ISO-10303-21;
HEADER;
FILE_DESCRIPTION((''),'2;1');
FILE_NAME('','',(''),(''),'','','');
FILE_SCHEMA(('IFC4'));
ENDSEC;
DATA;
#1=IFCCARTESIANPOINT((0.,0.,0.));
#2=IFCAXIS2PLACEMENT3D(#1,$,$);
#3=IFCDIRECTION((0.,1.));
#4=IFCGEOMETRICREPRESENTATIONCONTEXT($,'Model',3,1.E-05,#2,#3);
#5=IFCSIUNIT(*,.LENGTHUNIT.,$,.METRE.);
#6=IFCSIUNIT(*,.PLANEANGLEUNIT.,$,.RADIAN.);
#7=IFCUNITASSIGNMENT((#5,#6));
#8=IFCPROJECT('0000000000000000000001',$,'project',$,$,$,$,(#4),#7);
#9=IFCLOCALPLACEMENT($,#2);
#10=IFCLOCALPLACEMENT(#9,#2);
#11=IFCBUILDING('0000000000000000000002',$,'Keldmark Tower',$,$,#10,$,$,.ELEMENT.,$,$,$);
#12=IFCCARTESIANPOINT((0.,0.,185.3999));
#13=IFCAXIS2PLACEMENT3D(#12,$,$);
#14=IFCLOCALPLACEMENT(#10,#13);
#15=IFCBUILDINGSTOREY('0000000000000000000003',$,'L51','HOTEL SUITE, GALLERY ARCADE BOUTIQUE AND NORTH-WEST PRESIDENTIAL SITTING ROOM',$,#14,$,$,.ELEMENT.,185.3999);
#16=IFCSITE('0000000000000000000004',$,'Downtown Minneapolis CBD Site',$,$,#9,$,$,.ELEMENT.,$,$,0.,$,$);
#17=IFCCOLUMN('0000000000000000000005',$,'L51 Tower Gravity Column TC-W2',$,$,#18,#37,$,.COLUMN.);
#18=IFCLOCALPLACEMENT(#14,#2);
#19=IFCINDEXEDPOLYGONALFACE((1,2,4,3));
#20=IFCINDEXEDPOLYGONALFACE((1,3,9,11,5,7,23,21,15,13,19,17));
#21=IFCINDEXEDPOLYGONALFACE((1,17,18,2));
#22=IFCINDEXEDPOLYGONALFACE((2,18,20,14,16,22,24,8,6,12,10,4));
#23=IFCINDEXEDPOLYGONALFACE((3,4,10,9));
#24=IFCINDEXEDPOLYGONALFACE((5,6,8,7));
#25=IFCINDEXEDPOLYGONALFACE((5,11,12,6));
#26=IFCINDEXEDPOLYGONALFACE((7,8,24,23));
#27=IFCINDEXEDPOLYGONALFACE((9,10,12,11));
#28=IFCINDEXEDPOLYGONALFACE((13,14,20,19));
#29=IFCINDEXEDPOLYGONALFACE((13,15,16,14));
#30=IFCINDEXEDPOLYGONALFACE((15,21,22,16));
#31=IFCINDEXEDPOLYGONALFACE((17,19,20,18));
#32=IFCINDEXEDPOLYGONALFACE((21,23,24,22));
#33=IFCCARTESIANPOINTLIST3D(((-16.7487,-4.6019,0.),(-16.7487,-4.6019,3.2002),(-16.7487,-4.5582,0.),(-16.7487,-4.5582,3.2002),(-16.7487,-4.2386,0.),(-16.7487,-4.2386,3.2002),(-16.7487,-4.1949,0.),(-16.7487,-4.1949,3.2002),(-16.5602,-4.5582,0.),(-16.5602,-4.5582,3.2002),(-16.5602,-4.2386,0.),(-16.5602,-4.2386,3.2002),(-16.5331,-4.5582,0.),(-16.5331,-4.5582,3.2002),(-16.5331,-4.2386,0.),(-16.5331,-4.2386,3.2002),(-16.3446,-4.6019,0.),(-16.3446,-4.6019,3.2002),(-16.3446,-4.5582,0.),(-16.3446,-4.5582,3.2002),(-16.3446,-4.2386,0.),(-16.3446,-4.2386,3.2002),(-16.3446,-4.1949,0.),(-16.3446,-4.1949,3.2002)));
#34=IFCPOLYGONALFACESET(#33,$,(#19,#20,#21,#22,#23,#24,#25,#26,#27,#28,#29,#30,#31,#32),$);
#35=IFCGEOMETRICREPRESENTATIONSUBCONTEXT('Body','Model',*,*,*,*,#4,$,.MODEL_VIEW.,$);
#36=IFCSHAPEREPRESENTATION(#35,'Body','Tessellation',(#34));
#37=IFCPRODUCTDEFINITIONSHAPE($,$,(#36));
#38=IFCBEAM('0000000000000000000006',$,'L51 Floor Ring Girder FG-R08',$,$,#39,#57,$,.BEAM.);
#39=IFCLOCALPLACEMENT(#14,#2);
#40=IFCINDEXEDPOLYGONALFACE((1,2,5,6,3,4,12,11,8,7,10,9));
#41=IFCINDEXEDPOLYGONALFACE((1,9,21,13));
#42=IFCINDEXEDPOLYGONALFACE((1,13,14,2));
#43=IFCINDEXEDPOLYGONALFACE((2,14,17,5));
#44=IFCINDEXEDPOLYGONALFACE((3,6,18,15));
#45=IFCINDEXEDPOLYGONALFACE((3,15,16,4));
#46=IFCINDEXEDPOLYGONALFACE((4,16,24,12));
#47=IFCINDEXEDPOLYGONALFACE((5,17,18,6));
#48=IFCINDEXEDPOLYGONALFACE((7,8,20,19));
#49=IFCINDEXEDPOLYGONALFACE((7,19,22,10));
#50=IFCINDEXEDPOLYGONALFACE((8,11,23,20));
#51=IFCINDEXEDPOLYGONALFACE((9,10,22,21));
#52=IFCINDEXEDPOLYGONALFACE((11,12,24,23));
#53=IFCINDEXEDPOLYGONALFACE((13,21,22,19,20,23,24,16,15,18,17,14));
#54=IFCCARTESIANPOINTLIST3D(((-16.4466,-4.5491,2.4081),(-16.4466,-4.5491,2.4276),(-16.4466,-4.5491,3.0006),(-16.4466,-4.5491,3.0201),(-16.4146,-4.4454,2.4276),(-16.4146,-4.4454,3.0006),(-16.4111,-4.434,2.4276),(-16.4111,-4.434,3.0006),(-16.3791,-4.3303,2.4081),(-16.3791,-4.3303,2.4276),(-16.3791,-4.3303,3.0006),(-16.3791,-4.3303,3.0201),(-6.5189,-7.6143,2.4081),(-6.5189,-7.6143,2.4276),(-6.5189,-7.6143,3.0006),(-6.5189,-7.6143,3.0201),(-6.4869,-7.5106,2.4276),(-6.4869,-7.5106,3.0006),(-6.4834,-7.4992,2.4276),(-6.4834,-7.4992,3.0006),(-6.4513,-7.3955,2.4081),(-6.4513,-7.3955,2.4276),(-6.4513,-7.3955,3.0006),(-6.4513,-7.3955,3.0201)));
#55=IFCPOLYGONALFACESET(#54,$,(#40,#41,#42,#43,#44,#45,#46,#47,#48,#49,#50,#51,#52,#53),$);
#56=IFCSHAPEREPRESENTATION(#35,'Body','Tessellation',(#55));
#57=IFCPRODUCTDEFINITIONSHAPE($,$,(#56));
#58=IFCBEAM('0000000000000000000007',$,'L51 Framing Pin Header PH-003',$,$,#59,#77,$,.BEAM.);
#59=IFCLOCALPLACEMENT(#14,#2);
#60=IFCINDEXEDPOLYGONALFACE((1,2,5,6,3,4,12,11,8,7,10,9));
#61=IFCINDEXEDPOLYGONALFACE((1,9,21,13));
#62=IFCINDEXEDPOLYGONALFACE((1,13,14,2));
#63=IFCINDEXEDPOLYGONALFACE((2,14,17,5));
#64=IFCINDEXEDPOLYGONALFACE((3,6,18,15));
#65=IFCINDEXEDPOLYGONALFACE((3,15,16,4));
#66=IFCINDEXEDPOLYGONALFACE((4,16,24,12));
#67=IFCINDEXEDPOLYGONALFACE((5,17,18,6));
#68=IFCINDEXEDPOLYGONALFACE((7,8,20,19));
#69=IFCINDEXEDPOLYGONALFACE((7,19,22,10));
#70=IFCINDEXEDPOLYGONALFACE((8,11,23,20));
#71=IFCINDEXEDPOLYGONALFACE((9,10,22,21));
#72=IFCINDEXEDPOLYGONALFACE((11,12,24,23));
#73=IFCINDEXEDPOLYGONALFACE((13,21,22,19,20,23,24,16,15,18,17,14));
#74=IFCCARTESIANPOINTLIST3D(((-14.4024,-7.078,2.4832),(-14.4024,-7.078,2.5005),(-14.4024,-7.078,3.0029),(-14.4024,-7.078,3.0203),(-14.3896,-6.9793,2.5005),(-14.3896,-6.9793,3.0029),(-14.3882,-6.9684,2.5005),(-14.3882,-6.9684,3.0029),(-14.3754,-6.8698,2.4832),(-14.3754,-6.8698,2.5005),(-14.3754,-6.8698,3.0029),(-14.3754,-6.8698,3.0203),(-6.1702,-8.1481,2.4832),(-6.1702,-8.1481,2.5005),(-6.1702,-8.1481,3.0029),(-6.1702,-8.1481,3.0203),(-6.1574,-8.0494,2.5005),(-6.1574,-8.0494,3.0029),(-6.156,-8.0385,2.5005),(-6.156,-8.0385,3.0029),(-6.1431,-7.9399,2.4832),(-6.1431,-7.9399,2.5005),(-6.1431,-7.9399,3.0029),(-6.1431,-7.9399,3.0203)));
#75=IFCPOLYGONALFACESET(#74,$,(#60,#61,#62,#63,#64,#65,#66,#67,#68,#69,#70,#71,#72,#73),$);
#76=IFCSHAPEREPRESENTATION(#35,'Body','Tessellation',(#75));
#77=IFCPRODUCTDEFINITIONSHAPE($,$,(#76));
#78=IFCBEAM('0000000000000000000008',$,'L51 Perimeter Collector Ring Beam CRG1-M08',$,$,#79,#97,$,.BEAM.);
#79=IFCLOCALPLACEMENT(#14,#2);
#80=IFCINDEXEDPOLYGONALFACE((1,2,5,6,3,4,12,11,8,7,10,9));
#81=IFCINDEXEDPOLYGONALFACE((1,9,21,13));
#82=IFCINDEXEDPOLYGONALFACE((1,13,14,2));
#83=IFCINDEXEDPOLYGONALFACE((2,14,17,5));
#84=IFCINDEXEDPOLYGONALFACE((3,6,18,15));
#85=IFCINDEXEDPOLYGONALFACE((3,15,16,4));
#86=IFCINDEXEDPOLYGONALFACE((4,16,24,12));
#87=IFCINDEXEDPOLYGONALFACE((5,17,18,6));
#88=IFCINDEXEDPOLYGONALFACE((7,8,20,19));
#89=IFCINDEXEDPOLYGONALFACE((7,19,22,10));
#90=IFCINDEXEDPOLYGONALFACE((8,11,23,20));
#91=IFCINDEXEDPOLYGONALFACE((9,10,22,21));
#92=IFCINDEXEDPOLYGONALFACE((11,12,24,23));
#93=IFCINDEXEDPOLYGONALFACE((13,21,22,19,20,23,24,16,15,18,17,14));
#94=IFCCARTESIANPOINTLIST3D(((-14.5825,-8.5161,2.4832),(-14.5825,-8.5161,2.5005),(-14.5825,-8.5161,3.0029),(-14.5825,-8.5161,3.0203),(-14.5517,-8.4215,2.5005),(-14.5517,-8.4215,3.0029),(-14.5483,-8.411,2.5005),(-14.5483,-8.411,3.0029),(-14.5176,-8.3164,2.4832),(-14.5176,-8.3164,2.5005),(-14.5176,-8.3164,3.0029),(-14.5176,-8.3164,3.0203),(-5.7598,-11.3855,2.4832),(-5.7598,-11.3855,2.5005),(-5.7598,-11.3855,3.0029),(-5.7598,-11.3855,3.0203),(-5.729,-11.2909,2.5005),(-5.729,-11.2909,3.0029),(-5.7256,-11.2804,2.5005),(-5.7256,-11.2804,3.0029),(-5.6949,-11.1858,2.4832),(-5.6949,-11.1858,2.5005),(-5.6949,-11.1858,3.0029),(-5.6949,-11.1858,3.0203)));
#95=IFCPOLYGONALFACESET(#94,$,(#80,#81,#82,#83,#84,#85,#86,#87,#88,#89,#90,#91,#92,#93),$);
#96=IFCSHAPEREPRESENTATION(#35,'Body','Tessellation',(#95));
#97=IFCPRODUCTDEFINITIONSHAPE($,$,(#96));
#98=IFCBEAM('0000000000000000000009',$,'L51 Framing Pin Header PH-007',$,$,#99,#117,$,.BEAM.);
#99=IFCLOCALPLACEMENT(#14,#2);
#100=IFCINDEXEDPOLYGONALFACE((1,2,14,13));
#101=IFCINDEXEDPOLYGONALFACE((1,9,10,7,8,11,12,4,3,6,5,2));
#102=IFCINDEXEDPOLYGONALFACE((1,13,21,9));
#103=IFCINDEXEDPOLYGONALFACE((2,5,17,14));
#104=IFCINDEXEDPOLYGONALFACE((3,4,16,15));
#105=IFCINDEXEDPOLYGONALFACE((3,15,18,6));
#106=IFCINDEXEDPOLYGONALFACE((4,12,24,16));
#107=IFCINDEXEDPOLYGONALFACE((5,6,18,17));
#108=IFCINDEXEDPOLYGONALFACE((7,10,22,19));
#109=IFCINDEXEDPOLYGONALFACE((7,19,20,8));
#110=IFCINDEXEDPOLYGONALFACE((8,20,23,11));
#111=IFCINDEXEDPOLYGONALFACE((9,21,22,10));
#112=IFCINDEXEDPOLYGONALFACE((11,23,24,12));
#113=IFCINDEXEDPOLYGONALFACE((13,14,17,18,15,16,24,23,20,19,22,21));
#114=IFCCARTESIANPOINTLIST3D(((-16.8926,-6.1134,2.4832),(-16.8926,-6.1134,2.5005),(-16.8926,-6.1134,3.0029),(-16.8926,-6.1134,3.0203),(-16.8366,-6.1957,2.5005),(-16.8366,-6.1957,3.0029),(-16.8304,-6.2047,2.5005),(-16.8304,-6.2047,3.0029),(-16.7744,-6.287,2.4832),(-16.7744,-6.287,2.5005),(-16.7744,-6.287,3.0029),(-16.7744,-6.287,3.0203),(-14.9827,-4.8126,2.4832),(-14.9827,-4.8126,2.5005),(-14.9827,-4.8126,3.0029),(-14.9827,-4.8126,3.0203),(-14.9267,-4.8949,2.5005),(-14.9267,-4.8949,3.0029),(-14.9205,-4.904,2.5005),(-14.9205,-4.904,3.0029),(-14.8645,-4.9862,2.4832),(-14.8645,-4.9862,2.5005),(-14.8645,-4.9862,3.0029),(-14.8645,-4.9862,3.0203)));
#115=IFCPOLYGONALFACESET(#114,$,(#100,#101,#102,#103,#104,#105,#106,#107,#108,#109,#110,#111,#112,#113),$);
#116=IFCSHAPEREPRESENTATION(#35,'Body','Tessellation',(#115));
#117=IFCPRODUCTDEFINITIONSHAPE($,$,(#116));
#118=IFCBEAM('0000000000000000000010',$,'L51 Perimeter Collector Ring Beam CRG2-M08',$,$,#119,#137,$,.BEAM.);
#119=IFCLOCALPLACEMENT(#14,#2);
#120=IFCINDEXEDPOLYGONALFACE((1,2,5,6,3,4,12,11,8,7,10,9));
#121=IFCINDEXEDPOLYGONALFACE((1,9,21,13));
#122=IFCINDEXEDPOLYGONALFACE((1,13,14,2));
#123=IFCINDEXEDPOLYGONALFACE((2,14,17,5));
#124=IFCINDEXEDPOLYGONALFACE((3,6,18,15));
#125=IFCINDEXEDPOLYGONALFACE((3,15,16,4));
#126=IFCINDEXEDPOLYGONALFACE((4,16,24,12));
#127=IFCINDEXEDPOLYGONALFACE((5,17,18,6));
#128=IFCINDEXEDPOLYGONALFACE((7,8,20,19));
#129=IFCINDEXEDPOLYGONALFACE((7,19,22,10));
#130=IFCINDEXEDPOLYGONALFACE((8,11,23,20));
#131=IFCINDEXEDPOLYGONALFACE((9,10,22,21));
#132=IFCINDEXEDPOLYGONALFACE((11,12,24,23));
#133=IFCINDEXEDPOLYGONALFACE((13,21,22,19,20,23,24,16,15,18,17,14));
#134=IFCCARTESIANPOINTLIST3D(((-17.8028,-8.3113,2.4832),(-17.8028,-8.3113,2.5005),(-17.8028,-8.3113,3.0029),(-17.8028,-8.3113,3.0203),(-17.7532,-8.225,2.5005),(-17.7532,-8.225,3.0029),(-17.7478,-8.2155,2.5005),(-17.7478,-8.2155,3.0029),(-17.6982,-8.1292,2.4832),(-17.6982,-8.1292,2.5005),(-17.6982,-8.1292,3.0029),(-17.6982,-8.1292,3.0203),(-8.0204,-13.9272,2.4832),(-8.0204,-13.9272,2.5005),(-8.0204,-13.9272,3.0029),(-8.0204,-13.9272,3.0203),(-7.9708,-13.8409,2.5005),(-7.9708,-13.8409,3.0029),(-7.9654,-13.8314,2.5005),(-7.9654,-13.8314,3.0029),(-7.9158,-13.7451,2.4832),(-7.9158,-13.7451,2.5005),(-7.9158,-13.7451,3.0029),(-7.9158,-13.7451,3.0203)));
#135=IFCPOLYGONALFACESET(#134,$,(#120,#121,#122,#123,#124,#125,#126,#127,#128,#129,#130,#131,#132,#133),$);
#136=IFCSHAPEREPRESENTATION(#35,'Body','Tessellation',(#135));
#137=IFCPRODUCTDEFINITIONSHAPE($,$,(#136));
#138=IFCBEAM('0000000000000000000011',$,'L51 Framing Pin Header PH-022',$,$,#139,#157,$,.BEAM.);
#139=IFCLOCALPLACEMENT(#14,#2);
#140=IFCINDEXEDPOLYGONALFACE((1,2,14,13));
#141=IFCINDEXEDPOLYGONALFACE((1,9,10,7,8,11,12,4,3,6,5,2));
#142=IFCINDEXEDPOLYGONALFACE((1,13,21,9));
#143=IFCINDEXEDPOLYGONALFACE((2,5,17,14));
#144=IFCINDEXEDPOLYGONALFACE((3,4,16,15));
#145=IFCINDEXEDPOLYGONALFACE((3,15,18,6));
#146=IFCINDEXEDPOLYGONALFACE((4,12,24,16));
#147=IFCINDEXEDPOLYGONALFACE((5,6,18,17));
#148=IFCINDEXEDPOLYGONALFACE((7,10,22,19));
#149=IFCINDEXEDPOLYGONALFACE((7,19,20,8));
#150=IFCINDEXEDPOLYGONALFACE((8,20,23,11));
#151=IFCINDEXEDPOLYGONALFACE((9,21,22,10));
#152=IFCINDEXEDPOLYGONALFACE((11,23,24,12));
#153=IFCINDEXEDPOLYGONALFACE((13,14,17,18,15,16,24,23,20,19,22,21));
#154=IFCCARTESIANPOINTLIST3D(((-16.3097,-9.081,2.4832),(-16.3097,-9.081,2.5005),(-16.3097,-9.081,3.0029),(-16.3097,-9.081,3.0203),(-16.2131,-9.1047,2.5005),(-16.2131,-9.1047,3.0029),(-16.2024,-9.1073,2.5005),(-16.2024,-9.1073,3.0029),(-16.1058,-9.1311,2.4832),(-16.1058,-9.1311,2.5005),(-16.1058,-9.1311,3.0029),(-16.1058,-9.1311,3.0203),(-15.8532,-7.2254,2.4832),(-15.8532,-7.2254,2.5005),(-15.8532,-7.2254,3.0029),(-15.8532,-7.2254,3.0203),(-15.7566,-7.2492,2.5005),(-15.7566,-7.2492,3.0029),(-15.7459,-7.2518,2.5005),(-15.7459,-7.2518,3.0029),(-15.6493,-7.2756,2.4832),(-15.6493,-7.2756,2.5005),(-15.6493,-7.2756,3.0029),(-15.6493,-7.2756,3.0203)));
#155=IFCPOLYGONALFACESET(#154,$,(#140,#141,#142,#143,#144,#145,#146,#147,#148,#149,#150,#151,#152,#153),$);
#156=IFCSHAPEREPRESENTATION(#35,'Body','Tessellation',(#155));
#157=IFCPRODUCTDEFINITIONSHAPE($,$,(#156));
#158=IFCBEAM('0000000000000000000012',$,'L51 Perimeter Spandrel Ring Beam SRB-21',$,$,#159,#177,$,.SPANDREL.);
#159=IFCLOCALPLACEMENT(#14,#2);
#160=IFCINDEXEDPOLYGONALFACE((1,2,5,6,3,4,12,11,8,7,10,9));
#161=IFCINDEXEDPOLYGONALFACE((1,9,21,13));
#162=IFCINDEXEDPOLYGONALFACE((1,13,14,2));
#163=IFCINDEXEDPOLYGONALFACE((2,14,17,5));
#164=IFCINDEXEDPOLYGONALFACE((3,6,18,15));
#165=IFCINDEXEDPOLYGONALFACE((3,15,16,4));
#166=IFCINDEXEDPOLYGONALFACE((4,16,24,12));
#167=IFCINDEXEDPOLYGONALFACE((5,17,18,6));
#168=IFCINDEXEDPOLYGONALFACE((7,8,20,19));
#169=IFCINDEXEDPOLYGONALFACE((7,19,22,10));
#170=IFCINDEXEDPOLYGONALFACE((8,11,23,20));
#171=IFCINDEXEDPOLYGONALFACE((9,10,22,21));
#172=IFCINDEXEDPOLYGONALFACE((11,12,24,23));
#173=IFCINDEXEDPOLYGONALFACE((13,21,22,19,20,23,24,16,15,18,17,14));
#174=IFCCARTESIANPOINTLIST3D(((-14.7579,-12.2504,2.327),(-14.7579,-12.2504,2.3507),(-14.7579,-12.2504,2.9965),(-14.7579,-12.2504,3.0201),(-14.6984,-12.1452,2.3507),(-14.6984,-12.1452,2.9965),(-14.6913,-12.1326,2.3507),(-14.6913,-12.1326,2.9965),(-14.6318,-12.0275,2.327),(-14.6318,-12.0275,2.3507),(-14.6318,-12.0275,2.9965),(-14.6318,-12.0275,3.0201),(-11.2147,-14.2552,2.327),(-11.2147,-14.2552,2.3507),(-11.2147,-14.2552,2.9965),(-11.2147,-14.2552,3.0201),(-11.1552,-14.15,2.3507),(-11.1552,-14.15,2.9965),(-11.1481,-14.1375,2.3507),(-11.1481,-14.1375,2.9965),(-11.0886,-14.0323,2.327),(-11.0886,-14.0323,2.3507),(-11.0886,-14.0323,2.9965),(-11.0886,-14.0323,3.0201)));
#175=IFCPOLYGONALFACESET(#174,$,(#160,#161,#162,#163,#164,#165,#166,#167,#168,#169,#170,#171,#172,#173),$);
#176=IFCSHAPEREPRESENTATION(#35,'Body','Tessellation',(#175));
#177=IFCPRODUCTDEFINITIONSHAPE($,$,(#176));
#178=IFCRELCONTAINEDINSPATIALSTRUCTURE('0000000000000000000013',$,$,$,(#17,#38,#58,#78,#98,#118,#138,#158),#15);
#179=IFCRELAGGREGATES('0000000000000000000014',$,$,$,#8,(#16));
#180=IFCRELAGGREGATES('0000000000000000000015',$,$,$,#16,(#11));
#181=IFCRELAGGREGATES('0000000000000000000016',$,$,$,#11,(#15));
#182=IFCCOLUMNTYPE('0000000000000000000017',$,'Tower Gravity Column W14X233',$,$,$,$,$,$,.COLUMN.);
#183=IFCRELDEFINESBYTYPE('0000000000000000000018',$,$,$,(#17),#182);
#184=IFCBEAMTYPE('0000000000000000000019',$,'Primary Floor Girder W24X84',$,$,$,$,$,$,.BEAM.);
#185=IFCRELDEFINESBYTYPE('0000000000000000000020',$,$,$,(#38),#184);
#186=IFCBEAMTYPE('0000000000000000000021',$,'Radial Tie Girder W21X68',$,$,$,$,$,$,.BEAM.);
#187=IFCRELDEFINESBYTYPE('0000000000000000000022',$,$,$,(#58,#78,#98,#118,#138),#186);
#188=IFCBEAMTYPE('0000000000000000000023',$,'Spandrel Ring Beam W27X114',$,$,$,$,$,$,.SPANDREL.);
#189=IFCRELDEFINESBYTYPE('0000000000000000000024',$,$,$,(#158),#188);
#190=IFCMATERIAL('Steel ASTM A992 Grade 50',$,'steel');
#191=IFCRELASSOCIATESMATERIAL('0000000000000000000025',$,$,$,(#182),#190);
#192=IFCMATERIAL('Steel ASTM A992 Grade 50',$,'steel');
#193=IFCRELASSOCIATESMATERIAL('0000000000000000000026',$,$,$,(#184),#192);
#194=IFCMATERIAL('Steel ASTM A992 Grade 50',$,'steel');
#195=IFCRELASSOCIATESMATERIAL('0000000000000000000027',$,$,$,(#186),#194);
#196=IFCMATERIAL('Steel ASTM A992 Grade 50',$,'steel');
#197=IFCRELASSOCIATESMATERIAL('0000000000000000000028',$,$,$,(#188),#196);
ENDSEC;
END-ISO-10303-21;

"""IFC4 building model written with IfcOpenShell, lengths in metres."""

from ifc_helpers import new_model, si_unit, direction, frame, origin, origin_2d, place, context, subcontext, project, spatial, i_section, extrude, material, material_profile, profile_set, type_object, element, save


model = new_model("IFC4")

# Units and contexts
model_context = context("Model", 3, precision=1e-05, world=origin(), true_north=direction((0.0, 1.0)))
body_context = subcontext(model_context, "Body", "Model", "MODEL_VIEW")
ifc_project = project(units=[si_unit("LENGTHUNIT", "METRE"), si_unit("PLANEANGLEUNIT", "RADIAN")], contexts=[model_context])

# Site, building, storey
site_placement = place(None, origin())
site = spatial("IfcSite", under=ifc_project, at=site_placement, Name="Downtown Minneapolis CBD Site", CompositionType="ELEMENT", RefElevation=0.0)
building_placement = place(site_placement, origin())
building = spatial("IfcBuilding", under=site, at=building_placement, Name="Keldmark Tower", CompositionType="ELEMENT")
storey_placement = place(building_placement, frame((0.0, 0.0, 185.3999)))
storey = spatial("IfcBuildingStorey", under=building, at=storey_placement, Name="L51", Description="HOTEL SUITE, GALLERY ARCADE BOUTIQUE AND NORTH-WEST PRESIDENTIAL SITTING ROOM", CompositionType="ELEMENT", Elevation=185.3999)

# Column
ifc_material_1 = material(Name="Steel ASTM A992 Grade 50", Category="steel")
ifc_material_profile_1 = material_profile(ifc_material_1, i_section(OverallWidth=0.4041, OverallDepth=0.407, WebThickness=0.0271, FlangeThickness=0.0437, at=origin_2d()), Name="W14X233")
ifc_profile_set_1 = profile_set([ifc_material_profile_1], Name="Steel ASTM A992 Grade 50")
column_type = type_object("IfcColumnType", Name="Tower Gravity Column W14X233", PredefinedType="COLUMN", material=ifc_profile_set_1)
column_placement = place(storey_placement, frame((-16.5466, -4.3984, 0.0), z_axis=(0.0, 0.0, 1.0), x_axis=(1.0, 0.0, 0.0)))
element("IfcColumn", 1, at=column_placement, inside=storey, type_object=column_type, Name="L51 Tower Gravity Column TC-W2", PredefinedType="COLUMN", context=body_context, shape_type="SweptSolid", body=[
    extrude(i_section(OverallWidth=0.4041, OverallDepth=0.407, WebThickness=0.0271, FlangeThickness=0.0437, at=origin_2d()), origin(), (0.0, 0.0, 1.0), 3.2002),
])

# Beams
ifc_material_2 = material(Name="Steel ASTM A992 Grade 50", Category="steel")
ifc_material_profile_2 = material_profile(ifc_material_2, i_section(OverallWidth=0.229, OverallDepth=0.6121, WebThickness=0.012, FlangeThickness=0.0195, at=origin_2d()), Name="W24X84")
ifc_profile_set_2 = profile_set([ifc_material_profile_2], Name="Steel ASTM A992 Grade 50")
beam_type_1 = type_object("IfcBeamType", Name="Primary Floor Girder W24X84", PredefinedType="BEAM", material=ifc_profile_set_2)
beam_1_placement = place(storey_placement, frame((-16.4128, -4.4397, 2.7141), z_axis=(0.955495, -0.295009, 0.0), x_axis=(0.295009, 0.955495, 0.0)))
element("IfcBeam", 2, at=beam_1_placement, inside=storey, type_object=beam_type_1, Name="L51 Floor Ring Girder FG-R08", PredefinedType="BEAM", context=body_context, shape_type="SweptSolid", body=[
    extrude(i_section(OverallWidth=0.229, OverallDepth=0.6121, WebThickness=0.012, FlangeThickness=0.0195, at=origin_2d()), origin(), (0.0, 0.0, 1.0), 10.3901),
])
ifc_material_3 = material(Name="Steel ASTM A992 Grade 50", Category="steel")
ifc_material_profile_3 = material_profile(ifc_material_3, i_section(OverallWidth=0.21, OverallDepth=0.5371, WebThickness=0.011, FlangeThickness=0.0173, at=origin_2d()), Name="W21X68")
ifc_profile_set_3 = profile_set([ifc_material_profile_3], Name="Steel ASTM A992 Grade 50")
beam_type_2 = type_object("IfcBeamType", Name="Radial Tie Girder W21X68", PredefinedType="BEAM", material=ifc_profile_set_3)
beam_2_placement = place(storey_placement, frame((-14.3889, -6.9739, 2.7517), z_axis=(0.991657, -0.128902, 0.0), x_axis=(0.128902, 0.991657, 0.0)))
element("IfcBeam", 3, at=beam_2_placement, inside=storey, type_object=beam_type_2, Name="L51 Framing Pin Header PH-003", PredefinedType="BEAM", context=body_context, shape_type="SweptSolid", body=[
    extrude(i_section(OverallWidth=0.21, OverallDepth=0.5371, WebThickness=0.011, FlangeThickness=0.0173, at=origin_2d()), origin(), (0.0, 0.0, 1.0), 8.3015),
])
beam_3_placement = place(storey_placement, frame((-14.55, -8.4163, 2.7517), z_axis=(0.950971, -0.30928, 0.0), x_axis=(0.30928, 0.950971, 0.0)))
element("IfcBeam", 4, at=beam_3_placement, inside=storey, type_object=beam_type_2, Name="L51 Perimeter Collector Ring Beam CRG1-M08", PredefinedType="BEAM", context=body_context, shape_type="SweptSolid", body=[
    extrude(i_section(OverallWidth=0.21, OverallDepth=0.5371, WebThickness=0.011, FlangeThickness=0.0173, at=origin_2d()), origin(), (0.0, 0.0, 1.0), 9.2776),
])
beam_4_placement = place(storey_placement, frame((-14.9236, -4.8994, 2.7517), z_axis=(-0.826516, -0.562914, 0.0), x_axis=(0.562914, -0.826516, 0.0)))
element("IfcBeam", 5, at=beam_4_placement, inside=storey, type_object=beam_type_2, Name="L51 Framing Pin Header PH-007", PredefinedType="BEAM", context=body_context, shape_type="SweptSolid", body=[
    extrude(i_section(OverallWidth=0.21, OverallDepth=0.5371, WebThickness=0.011, FlangeThickness=0.0173, at=origin_2d()), origin(), (0.0, 0.0, 1.0), 2.3108),
])
beam_5_placement = place(storey_placement, frame((-17.7505, -8.2202, 2.7517), z_axis=(0.867249, -0.497874, 0.0), x_axis=(0.497874, 0.867249, 0.0)))
element("IfcBeam", 6, at=beam_5_placement, inside=storey, type_object=beam_type_2, Name="L51 Perimeter Collector Ring Beam CRG2-M08", PredefinedType="BEAM", context=body_context, shape_type="SweptSolid", body=[
    extrude(i_section(OverallWidth=0.21, OverallDepth=0.5371, WebThickness=0.011, FlangeThickness=0.0173, at=origin_2d()), origin(), (0.0, 0.0, 1.0), 11.2798),
])
beam_6_placement = place(storey_placement, frame((-15.7512, -7.2505, 2.7517), z_axis=(-0.238926, -0.971038, 0.0), x_axis=(0.971038, -0.238926, 0.0)))
element("IfcBeam", 7, at=beam_6_placement, inside=storey, type_object=beam_type_2, Name="L51 Framing Pin Header PH-022", PredefinedType="BEAM", context=body_context, shape_type="SweptSolid", body=[
    extrude(i_section(OverallWidth=0.21, OverallDepth=0.5371, WebThickness=0.011, FlangeThickness=0.0173, at=origin_2d()), origin(), (0.0, 0.0, 1.0), 1.9109),
])
ifc_material_4 = material(Name="Steel ASTM A992 Grade 50", Category="steel")
ifc_material_profile_4 = material_profile(ifc_material_4, i_section(OverallWidth=0.2561, OverallDepth=0.6931, WebThickness=0.0144, FlangeThickness=0.0237, at=origin_2d()), Name="W27X114")
ifc_profile_set_4 = profile_set([ifc_material_profile_4], Name="Steel ASTM A992 Grade 50")
beam_type_3 = type_object("IfcBeamType", Name="Spandrel Ring Beam W27X114", PredefinedType="SPANDREL", material=ifc_profile_set_4)
beam_7_placement = place(storey_placement, frame((-14.6948, -12.1389, 2.6736), z_axis=(0.870332, -0.492466, 0.0), x_axis=(0.492466, 0.870332, 0.0)))
element("IfcBeam", 8, at=beam_7_placement, inside=storey, type_object=beam_type_3, Name="L51 Perimeter Spandrel Ring Beam SRB-21", PredefinedType="SPANDREL", context=body_context, shape_type="SweptSolid", body=[
    extrude(i_section(OverallWidth=0.2561, OverallDepth=0.6931, WebThickness=0.0144, FlangeThickness=0.0237, at=origin_2d()), origin(), (0.0, 0.0, 1.0), 4.071),
])

save(model, "model.ifc")
